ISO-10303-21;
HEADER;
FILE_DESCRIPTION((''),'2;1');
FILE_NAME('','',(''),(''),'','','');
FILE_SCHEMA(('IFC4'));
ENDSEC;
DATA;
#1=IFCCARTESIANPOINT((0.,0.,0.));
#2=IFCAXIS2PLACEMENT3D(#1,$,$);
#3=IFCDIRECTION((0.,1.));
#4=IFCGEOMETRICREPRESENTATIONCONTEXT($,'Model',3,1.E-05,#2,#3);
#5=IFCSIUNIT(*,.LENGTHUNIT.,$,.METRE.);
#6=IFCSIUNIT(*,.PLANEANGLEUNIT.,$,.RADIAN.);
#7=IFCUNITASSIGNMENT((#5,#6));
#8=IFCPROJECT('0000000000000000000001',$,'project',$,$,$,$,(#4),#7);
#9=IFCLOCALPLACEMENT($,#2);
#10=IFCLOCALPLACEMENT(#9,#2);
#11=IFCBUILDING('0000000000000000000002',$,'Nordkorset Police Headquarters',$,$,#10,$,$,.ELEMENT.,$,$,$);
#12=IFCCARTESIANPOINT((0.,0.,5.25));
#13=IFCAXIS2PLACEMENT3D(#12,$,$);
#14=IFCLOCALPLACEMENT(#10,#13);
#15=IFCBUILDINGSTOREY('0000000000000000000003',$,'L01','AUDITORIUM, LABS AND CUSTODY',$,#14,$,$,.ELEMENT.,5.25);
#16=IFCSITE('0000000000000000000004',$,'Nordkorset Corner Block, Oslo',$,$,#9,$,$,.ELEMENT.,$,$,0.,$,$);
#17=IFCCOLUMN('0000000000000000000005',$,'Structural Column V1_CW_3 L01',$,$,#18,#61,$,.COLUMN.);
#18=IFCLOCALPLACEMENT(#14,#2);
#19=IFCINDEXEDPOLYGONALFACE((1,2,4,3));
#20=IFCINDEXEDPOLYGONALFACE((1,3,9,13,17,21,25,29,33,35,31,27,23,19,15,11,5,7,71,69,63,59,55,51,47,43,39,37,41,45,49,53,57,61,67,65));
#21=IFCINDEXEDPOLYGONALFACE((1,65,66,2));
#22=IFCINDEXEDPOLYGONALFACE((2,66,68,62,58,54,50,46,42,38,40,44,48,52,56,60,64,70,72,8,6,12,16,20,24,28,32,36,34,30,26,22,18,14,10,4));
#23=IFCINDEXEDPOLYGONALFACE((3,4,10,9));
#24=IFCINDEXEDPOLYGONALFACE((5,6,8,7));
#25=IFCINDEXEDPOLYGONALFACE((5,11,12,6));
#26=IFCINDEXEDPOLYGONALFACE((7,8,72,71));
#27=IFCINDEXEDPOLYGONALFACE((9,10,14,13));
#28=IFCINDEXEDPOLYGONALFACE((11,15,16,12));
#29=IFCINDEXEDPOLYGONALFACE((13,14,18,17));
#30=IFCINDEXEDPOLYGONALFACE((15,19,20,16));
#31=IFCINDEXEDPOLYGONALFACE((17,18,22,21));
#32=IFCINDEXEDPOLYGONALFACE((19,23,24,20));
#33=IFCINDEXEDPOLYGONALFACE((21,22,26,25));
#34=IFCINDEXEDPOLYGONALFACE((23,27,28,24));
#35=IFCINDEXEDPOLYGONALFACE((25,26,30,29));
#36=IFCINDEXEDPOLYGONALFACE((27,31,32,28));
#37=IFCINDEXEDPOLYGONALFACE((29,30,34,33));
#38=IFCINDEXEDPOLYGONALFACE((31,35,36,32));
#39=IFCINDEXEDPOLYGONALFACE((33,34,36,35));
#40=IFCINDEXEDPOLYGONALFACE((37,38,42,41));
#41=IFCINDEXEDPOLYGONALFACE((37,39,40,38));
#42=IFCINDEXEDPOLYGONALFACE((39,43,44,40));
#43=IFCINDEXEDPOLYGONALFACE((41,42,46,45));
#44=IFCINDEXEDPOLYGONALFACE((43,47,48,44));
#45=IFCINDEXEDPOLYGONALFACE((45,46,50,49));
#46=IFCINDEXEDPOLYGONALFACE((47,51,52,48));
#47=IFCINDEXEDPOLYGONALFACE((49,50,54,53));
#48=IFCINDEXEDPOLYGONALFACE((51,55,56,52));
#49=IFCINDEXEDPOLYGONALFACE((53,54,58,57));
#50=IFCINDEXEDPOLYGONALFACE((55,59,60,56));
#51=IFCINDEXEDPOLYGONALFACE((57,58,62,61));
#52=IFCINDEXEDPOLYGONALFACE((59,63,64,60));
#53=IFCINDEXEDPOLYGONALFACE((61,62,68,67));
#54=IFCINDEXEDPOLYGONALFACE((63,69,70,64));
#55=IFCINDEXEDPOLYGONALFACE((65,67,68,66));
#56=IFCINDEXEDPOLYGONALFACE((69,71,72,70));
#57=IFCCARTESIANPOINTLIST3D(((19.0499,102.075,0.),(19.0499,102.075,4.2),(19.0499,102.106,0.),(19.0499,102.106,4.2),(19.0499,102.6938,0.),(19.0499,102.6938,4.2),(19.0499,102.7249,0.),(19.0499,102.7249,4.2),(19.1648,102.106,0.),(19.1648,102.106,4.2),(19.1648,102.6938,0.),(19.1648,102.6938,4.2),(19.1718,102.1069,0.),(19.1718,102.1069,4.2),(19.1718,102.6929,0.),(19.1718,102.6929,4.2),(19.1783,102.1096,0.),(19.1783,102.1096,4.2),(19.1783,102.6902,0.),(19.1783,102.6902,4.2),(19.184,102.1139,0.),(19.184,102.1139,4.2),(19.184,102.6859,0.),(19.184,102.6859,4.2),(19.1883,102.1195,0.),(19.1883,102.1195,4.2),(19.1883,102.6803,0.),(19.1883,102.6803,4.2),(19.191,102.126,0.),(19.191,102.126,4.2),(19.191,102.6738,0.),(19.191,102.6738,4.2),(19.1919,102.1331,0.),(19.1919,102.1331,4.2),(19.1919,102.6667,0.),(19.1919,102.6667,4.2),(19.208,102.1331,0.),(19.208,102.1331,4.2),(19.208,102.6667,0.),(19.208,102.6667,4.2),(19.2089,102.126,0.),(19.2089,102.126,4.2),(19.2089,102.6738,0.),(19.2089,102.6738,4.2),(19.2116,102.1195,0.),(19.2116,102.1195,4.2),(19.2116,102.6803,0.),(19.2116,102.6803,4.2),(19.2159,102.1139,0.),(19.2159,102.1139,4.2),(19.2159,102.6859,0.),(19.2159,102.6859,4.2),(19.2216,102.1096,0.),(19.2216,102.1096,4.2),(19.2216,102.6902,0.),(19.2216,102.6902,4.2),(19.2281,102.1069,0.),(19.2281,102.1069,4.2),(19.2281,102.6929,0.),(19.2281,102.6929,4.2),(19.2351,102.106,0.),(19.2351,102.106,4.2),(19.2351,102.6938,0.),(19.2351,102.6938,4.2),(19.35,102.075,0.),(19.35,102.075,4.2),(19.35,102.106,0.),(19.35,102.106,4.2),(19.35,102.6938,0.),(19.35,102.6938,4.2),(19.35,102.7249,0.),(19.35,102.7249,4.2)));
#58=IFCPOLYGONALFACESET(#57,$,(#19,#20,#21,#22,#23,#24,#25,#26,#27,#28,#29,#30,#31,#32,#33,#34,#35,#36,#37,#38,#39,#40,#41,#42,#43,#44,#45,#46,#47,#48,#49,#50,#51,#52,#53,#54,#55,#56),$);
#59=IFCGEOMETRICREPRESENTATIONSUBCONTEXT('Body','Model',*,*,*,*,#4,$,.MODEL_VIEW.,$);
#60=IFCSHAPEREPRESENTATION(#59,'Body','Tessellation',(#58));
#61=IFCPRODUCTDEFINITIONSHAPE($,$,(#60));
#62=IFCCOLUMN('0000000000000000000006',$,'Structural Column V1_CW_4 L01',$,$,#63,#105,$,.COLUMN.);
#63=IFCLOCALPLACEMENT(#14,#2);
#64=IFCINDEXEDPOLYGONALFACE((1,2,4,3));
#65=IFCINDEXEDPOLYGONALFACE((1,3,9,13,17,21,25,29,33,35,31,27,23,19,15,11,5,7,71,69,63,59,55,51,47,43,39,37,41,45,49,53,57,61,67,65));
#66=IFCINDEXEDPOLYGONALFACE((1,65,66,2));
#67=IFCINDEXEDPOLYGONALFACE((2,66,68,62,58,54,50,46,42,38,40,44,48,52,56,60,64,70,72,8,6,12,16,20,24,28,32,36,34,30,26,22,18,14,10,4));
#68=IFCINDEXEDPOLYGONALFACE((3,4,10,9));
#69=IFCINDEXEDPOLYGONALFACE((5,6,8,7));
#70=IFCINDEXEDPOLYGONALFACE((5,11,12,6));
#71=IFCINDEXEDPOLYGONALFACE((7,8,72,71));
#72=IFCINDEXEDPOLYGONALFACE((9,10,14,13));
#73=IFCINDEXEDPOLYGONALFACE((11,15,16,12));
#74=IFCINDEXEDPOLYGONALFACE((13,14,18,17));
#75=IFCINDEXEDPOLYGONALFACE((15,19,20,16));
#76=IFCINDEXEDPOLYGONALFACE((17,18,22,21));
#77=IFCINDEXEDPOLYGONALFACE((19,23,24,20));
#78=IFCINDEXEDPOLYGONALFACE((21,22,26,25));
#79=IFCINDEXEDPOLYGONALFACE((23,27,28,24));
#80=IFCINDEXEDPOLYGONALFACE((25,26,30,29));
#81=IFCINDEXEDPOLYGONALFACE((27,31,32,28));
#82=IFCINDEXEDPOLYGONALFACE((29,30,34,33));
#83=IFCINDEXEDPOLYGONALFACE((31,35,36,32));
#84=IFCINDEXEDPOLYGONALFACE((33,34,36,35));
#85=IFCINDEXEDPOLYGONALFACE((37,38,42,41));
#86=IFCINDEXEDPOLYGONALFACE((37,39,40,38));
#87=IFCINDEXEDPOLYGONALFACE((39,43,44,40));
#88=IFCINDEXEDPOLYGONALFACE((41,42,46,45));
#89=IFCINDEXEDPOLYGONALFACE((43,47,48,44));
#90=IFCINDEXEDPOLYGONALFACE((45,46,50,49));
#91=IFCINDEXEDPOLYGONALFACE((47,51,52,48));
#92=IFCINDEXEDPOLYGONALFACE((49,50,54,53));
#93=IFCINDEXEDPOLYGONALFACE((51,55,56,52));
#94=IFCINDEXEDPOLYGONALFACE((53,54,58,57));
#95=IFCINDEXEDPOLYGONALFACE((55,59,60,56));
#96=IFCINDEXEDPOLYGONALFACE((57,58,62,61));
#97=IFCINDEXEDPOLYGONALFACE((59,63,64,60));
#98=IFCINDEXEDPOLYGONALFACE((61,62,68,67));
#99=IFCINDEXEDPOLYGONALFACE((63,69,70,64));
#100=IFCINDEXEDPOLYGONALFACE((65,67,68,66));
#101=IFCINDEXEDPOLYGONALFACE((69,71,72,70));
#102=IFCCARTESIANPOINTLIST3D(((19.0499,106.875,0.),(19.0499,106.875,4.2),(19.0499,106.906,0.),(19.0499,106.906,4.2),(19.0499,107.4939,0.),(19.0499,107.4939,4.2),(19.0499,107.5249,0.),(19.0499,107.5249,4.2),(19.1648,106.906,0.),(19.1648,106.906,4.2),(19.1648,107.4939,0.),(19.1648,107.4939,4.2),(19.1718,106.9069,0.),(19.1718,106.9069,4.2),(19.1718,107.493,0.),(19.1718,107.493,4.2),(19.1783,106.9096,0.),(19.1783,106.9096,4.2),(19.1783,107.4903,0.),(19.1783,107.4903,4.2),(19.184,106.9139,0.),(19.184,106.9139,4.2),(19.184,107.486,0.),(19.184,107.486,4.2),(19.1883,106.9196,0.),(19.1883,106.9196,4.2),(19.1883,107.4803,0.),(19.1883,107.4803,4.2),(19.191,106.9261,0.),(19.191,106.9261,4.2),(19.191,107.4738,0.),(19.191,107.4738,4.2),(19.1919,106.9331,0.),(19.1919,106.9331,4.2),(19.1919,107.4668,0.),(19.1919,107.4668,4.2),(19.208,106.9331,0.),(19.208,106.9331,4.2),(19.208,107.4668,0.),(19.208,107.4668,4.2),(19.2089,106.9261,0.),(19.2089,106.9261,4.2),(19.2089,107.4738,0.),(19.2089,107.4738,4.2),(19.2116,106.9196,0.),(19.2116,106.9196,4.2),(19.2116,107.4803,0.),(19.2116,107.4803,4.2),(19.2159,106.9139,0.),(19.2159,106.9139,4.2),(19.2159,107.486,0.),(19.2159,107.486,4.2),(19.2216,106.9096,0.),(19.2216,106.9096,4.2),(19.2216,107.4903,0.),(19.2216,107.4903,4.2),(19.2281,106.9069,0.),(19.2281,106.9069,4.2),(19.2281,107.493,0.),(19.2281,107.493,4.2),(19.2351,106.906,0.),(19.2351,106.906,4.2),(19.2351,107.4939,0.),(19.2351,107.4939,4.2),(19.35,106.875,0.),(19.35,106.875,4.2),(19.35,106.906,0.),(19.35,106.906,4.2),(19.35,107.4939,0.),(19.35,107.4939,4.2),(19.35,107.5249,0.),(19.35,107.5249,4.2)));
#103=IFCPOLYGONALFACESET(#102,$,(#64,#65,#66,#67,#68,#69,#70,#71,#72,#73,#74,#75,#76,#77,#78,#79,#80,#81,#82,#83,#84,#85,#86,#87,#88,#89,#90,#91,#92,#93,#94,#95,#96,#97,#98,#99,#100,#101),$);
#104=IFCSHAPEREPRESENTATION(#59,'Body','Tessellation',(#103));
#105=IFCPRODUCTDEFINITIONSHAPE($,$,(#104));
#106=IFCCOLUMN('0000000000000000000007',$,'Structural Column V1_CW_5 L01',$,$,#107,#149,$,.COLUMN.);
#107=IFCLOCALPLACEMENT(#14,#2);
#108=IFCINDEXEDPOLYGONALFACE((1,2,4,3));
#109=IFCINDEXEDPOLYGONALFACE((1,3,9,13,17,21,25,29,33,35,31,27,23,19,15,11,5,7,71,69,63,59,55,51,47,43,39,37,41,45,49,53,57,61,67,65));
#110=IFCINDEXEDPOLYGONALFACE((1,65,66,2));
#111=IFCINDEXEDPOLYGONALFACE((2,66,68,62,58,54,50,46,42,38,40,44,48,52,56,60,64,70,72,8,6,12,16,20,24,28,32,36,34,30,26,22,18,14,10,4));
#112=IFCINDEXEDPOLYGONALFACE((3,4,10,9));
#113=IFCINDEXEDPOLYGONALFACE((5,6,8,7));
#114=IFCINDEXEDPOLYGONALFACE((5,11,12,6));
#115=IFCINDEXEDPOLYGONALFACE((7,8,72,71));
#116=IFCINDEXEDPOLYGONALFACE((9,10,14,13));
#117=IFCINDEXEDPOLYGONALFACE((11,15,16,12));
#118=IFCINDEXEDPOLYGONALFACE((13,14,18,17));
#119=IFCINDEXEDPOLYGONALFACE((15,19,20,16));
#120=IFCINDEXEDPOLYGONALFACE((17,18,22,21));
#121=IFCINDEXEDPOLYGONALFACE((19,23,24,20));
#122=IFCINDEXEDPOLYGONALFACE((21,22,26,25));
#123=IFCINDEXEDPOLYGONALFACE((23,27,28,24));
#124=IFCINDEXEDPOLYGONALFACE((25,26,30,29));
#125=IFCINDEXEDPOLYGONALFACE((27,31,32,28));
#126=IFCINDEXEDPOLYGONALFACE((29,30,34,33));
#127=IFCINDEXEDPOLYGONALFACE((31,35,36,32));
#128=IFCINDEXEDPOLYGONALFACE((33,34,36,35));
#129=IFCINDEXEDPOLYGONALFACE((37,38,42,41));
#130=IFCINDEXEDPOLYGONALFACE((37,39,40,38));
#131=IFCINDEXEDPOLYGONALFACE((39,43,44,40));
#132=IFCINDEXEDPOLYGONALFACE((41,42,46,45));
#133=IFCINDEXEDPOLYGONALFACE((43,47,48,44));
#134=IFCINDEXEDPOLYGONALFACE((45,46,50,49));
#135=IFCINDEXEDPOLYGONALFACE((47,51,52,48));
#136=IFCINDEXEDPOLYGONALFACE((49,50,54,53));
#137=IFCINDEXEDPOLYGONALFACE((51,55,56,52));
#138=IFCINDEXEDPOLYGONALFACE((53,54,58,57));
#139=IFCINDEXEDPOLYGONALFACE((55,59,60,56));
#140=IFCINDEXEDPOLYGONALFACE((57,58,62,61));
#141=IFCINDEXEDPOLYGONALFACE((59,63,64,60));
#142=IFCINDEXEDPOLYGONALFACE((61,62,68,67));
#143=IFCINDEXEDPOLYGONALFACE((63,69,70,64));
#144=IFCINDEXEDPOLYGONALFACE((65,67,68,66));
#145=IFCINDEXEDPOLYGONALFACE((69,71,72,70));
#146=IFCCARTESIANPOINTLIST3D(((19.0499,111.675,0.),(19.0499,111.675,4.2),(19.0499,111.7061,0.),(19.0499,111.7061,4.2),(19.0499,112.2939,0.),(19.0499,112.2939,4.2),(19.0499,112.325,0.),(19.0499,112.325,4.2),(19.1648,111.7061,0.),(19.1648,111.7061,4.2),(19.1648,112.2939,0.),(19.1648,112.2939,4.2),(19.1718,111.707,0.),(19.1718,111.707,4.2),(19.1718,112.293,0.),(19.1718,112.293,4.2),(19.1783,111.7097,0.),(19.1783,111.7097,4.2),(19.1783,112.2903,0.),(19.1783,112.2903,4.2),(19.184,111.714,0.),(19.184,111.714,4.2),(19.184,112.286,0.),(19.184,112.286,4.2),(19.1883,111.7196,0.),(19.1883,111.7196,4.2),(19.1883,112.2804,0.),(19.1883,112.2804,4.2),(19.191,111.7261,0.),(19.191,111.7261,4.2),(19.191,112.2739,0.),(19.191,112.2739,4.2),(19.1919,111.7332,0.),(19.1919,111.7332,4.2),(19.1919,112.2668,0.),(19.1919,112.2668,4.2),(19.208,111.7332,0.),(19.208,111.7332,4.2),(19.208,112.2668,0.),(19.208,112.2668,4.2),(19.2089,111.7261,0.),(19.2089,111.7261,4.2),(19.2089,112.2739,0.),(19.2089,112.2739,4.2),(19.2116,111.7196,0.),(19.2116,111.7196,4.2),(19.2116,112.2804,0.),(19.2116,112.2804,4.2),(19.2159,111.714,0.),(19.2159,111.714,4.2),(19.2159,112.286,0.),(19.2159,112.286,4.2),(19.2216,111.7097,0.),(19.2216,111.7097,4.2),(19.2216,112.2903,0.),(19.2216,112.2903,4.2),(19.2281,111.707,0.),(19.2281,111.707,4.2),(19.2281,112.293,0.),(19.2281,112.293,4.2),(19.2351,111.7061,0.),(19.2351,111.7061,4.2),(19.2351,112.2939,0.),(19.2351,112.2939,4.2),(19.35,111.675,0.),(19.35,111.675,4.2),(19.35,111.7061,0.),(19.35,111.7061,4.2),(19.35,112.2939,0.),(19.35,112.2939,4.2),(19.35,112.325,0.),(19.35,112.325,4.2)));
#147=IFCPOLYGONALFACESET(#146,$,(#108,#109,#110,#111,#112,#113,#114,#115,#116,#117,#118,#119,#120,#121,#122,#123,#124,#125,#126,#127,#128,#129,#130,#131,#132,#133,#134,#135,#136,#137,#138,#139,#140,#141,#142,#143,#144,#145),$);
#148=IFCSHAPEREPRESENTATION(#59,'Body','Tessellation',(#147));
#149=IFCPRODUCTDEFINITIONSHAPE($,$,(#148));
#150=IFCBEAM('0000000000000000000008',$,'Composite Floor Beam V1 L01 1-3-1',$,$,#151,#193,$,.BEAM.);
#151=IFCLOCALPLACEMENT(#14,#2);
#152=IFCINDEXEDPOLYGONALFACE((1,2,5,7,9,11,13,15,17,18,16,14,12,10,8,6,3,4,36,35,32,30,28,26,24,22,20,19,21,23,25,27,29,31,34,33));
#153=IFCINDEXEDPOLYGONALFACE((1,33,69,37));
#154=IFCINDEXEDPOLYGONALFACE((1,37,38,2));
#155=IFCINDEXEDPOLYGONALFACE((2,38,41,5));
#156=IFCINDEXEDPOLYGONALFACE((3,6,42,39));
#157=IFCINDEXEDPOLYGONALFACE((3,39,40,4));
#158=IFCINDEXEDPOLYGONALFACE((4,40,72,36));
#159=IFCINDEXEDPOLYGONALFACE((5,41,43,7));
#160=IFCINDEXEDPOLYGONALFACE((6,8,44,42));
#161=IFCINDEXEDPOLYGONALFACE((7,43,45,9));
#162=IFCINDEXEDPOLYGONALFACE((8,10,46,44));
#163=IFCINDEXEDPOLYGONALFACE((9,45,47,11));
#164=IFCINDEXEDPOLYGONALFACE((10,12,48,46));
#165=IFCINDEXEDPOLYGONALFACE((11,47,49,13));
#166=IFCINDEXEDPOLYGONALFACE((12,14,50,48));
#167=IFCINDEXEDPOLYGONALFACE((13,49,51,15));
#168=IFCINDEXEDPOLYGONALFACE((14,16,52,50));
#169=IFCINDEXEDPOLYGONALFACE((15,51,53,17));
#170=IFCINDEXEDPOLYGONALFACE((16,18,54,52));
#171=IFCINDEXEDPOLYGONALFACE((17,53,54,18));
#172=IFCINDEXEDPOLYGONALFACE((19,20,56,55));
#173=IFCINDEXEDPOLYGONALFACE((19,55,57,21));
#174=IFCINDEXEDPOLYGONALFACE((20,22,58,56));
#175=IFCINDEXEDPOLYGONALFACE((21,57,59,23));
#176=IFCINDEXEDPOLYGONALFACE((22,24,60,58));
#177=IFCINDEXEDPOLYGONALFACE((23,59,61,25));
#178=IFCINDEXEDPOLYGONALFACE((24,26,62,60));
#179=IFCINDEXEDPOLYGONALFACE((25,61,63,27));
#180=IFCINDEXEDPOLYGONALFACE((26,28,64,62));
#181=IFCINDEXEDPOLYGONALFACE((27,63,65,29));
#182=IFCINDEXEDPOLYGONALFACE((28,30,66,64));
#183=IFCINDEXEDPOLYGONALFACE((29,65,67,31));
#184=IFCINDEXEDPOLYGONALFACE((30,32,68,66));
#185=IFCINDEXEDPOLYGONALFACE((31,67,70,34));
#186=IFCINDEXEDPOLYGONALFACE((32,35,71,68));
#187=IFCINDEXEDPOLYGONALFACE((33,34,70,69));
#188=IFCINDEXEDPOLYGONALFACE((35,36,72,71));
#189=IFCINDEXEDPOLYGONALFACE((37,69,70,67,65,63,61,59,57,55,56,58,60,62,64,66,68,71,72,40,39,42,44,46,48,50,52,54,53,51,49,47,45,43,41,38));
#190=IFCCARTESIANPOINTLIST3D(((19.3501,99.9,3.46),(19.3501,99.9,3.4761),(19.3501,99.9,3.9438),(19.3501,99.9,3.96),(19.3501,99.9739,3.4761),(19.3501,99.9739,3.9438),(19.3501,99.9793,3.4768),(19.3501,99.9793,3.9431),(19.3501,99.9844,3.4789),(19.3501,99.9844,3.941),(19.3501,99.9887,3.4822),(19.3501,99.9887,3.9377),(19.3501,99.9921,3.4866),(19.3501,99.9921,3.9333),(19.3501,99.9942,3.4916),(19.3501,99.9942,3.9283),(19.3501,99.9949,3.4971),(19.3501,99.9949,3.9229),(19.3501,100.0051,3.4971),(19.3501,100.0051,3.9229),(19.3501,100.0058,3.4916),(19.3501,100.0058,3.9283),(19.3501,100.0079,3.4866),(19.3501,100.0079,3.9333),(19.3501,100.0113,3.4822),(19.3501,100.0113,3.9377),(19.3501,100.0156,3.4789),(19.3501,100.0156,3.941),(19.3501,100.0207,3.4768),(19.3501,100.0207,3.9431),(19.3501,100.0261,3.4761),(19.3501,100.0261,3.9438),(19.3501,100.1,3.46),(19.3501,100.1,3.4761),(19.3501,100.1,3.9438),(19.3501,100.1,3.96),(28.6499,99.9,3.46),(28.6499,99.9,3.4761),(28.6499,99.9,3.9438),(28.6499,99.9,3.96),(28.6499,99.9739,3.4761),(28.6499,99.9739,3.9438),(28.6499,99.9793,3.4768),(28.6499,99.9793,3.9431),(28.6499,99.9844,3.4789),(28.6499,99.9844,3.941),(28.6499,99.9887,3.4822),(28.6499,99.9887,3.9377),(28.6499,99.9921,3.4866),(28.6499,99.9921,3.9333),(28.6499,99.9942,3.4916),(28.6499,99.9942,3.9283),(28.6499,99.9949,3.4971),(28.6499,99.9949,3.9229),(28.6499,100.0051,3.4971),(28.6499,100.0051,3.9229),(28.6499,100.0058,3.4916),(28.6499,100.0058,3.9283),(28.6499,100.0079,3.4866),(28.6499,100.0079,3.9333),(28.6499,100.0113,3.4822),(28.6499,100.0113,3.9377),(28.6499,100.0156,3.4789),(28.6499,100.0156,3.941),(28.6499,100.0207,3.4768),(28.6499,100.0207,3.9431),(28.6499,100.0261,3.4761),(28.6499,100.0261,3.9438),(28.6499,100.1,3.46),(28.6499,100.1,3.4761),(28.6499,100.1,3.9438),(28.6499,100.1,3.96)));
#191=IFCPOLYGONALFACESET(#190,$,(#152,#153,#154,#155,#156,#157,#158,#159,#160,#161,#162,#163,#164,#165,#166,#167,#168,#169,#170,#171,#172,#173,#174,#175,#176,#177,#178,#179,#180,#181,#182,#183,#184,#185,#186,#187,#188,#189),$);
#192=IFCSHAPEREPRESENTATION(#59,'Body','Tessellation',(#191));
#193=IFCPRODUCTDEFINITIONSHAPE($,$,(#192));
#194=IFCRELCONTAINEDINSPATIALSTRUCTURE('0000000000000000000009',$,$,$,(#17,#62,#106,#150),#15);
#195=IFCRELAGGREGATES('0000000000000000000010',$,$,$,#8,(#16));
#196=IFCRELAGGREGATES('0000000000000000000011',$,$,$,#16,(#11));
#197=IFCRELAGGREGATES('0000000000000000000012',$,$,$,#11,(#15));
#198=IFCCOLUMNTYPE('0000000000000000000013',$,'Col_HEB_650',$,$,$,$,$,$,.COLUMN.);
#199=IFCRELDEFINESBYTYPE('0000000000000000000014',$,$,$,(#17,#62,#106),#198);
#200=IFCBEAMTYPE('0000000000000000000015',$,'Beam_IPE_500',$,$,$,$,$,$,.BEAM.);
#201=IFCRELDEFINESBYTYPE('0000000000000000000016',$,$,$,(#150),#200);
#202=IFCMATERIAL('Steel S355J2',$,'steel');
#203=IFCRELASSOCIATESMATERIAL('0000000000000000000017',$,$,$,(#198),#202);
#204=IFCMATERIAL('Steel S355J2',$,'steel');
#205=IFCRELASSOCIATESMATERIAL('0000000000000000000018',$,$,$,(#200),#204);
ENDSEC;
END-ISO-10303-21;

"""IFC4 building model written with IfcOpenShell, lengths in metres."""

from ifc_helpers import new_model, si_unit, direction, frame, origin, origin_2d, place, context, subcontext, project, spatial, i_section, extrude, material, material_profile, profile_set, type_object, element, save


model = new_model("IFC4")

# Units and contexts
model_context = context("Model", 3, precision=1e-05, world=origin(), true_north=direction((0.0, 1.0)))
body_context = subcontext(model_context, "Body", "Model", "MODEL_VIEW")
ifc_project = project(units=[si_unit("LENGTHUNIT", "METRE"), si_unit("PLANEANGLEUNIT", "RADIAN")], contexts=[model_context])

# Site, building, storey
site_placement = place(None, origin())
site = spatial("IfcSite", under=ifc_project, at=site_placement, Name="Nordkorset Corner Block, Oslo", CompositionType="ELEMENT", RefElevation=0.0)
building_placement = place(site_placement, origin())
building = spatial("IfcBuilding", under=site, at=building_placement, Name="Nordkorset Police Headquarters", CompositionType="ELEMENT")
storey_placement = place(building_placement, frame((0.0, 0.0, 5.25)))
storey = spatial("IfcBuildingStorey", under=building, at=storey_placement, Name="L01", Description="AUDITORIUM, LABS AND CUSTODY", CompositionType="ELEMENT", Elevation=5.25)

# Columns
ifc_material_1 = material(Name="Steel S355J2", Category="steel")
ifc_material_profile_1 = material_profile(ifc_material_1, i_section(OverallWidth=0.3, OverallDepth=0.6499, WebThickness=0.0161, FlangeThickness=0.031, FilletRadius=0.0271, at=origin_2d()), Name="HEB 650")
ifc_profile_set_1 = profile_set([ifc_material_profile_1], Name="Steel S355J2")
column_type = type_object("IfcColumnType", Name="Col_HEB_650", PredefinedType="COLUMN", material=ifc_profile_set_1)
for number, where, z_axis, x_axis, name in (
    (1, (19.2, 102.3999, 0.0), (0.0, 0.0, 1.0), (1.0, 0.0, 0.0), "Structural Column V1_CW_3 L01"),
    (2, (19.2, 107.2, 0.0), (0.0, 0.0, 1.0), (1.0, 0.0, 0.0), "Structural Column V1_CW_4 L01"),
    (3, (19.2, 112.0, 0.0), (0.0, 0.0, 1.0), (1.0, 0.0, 0.0), "Structural Column V1_CW_5 L01"),
):
    element("IfcColumn", number, at=place(storey_placement, frame(where, z_axis=z_axis, x_axis=x_axis)), inside=storey, type_object=column_type, Name=name, PredefinedType="COLUMN", context=body_context, shape_type="SweptSolid", body=[
        extrude(i_section(OverallWidth=0.3, OverallDepth=0.6499, WebThickness=0.0161, FlangeThickness=0.031, FilletRadius=0.0271, at=origin_2d()), origin(), (0.0, 0.0, 1.0), 4.2),
    ])

# Beam
ifc_material_2 = material(Name="Steel S355J2", Category="steel")
ifc_material_profile_2 = material_profile(ifc_material_2, i_section(OverallWidth=0.2, OverallDepth=0.5, WebThickness=0.0103, FlangeThickness=0.0161, FilletRadius=0.021, at=origin_2d()), Name="IPE 500")
ifc_profile_set_2 = profile_set([ifc_material_profile_2], Name="Steel S355J2")
beam_type_1 = type_object("IfcBeamType", Name="Beam_IPE_500", PredefinedType="BEAM", material=ifc_profile_set_2)
for number, where, z_axis, x_axis, name in (
    (4, (19.3501, 100.0, 3.71), (1.0, 0.0, 0.0), (0.0, 1.0, 0.0), "Composite Floor Beam V1 L01 1-3-1"),
):
    element("IfcBeam", number, at=place(storey_placement, frame(where, z_axis=z_axis, x_axis=x_axis)), inside=storey, type_object=beam_type_1, Name=name, PredefinedType="BEAM", context=body_context, shape_type="SweptSolid", body=[
        extrude(i_section(OverallWidth=0.2, OverallDepth=0.5, WebThickness=0.0103, FlangeThickness=0.0161, FilletRadius=0.021, at=origin_2d()), origin(), (0.0, 0.0, 1.0), 9.2998),
    ])

save(model, "model.ifc")
